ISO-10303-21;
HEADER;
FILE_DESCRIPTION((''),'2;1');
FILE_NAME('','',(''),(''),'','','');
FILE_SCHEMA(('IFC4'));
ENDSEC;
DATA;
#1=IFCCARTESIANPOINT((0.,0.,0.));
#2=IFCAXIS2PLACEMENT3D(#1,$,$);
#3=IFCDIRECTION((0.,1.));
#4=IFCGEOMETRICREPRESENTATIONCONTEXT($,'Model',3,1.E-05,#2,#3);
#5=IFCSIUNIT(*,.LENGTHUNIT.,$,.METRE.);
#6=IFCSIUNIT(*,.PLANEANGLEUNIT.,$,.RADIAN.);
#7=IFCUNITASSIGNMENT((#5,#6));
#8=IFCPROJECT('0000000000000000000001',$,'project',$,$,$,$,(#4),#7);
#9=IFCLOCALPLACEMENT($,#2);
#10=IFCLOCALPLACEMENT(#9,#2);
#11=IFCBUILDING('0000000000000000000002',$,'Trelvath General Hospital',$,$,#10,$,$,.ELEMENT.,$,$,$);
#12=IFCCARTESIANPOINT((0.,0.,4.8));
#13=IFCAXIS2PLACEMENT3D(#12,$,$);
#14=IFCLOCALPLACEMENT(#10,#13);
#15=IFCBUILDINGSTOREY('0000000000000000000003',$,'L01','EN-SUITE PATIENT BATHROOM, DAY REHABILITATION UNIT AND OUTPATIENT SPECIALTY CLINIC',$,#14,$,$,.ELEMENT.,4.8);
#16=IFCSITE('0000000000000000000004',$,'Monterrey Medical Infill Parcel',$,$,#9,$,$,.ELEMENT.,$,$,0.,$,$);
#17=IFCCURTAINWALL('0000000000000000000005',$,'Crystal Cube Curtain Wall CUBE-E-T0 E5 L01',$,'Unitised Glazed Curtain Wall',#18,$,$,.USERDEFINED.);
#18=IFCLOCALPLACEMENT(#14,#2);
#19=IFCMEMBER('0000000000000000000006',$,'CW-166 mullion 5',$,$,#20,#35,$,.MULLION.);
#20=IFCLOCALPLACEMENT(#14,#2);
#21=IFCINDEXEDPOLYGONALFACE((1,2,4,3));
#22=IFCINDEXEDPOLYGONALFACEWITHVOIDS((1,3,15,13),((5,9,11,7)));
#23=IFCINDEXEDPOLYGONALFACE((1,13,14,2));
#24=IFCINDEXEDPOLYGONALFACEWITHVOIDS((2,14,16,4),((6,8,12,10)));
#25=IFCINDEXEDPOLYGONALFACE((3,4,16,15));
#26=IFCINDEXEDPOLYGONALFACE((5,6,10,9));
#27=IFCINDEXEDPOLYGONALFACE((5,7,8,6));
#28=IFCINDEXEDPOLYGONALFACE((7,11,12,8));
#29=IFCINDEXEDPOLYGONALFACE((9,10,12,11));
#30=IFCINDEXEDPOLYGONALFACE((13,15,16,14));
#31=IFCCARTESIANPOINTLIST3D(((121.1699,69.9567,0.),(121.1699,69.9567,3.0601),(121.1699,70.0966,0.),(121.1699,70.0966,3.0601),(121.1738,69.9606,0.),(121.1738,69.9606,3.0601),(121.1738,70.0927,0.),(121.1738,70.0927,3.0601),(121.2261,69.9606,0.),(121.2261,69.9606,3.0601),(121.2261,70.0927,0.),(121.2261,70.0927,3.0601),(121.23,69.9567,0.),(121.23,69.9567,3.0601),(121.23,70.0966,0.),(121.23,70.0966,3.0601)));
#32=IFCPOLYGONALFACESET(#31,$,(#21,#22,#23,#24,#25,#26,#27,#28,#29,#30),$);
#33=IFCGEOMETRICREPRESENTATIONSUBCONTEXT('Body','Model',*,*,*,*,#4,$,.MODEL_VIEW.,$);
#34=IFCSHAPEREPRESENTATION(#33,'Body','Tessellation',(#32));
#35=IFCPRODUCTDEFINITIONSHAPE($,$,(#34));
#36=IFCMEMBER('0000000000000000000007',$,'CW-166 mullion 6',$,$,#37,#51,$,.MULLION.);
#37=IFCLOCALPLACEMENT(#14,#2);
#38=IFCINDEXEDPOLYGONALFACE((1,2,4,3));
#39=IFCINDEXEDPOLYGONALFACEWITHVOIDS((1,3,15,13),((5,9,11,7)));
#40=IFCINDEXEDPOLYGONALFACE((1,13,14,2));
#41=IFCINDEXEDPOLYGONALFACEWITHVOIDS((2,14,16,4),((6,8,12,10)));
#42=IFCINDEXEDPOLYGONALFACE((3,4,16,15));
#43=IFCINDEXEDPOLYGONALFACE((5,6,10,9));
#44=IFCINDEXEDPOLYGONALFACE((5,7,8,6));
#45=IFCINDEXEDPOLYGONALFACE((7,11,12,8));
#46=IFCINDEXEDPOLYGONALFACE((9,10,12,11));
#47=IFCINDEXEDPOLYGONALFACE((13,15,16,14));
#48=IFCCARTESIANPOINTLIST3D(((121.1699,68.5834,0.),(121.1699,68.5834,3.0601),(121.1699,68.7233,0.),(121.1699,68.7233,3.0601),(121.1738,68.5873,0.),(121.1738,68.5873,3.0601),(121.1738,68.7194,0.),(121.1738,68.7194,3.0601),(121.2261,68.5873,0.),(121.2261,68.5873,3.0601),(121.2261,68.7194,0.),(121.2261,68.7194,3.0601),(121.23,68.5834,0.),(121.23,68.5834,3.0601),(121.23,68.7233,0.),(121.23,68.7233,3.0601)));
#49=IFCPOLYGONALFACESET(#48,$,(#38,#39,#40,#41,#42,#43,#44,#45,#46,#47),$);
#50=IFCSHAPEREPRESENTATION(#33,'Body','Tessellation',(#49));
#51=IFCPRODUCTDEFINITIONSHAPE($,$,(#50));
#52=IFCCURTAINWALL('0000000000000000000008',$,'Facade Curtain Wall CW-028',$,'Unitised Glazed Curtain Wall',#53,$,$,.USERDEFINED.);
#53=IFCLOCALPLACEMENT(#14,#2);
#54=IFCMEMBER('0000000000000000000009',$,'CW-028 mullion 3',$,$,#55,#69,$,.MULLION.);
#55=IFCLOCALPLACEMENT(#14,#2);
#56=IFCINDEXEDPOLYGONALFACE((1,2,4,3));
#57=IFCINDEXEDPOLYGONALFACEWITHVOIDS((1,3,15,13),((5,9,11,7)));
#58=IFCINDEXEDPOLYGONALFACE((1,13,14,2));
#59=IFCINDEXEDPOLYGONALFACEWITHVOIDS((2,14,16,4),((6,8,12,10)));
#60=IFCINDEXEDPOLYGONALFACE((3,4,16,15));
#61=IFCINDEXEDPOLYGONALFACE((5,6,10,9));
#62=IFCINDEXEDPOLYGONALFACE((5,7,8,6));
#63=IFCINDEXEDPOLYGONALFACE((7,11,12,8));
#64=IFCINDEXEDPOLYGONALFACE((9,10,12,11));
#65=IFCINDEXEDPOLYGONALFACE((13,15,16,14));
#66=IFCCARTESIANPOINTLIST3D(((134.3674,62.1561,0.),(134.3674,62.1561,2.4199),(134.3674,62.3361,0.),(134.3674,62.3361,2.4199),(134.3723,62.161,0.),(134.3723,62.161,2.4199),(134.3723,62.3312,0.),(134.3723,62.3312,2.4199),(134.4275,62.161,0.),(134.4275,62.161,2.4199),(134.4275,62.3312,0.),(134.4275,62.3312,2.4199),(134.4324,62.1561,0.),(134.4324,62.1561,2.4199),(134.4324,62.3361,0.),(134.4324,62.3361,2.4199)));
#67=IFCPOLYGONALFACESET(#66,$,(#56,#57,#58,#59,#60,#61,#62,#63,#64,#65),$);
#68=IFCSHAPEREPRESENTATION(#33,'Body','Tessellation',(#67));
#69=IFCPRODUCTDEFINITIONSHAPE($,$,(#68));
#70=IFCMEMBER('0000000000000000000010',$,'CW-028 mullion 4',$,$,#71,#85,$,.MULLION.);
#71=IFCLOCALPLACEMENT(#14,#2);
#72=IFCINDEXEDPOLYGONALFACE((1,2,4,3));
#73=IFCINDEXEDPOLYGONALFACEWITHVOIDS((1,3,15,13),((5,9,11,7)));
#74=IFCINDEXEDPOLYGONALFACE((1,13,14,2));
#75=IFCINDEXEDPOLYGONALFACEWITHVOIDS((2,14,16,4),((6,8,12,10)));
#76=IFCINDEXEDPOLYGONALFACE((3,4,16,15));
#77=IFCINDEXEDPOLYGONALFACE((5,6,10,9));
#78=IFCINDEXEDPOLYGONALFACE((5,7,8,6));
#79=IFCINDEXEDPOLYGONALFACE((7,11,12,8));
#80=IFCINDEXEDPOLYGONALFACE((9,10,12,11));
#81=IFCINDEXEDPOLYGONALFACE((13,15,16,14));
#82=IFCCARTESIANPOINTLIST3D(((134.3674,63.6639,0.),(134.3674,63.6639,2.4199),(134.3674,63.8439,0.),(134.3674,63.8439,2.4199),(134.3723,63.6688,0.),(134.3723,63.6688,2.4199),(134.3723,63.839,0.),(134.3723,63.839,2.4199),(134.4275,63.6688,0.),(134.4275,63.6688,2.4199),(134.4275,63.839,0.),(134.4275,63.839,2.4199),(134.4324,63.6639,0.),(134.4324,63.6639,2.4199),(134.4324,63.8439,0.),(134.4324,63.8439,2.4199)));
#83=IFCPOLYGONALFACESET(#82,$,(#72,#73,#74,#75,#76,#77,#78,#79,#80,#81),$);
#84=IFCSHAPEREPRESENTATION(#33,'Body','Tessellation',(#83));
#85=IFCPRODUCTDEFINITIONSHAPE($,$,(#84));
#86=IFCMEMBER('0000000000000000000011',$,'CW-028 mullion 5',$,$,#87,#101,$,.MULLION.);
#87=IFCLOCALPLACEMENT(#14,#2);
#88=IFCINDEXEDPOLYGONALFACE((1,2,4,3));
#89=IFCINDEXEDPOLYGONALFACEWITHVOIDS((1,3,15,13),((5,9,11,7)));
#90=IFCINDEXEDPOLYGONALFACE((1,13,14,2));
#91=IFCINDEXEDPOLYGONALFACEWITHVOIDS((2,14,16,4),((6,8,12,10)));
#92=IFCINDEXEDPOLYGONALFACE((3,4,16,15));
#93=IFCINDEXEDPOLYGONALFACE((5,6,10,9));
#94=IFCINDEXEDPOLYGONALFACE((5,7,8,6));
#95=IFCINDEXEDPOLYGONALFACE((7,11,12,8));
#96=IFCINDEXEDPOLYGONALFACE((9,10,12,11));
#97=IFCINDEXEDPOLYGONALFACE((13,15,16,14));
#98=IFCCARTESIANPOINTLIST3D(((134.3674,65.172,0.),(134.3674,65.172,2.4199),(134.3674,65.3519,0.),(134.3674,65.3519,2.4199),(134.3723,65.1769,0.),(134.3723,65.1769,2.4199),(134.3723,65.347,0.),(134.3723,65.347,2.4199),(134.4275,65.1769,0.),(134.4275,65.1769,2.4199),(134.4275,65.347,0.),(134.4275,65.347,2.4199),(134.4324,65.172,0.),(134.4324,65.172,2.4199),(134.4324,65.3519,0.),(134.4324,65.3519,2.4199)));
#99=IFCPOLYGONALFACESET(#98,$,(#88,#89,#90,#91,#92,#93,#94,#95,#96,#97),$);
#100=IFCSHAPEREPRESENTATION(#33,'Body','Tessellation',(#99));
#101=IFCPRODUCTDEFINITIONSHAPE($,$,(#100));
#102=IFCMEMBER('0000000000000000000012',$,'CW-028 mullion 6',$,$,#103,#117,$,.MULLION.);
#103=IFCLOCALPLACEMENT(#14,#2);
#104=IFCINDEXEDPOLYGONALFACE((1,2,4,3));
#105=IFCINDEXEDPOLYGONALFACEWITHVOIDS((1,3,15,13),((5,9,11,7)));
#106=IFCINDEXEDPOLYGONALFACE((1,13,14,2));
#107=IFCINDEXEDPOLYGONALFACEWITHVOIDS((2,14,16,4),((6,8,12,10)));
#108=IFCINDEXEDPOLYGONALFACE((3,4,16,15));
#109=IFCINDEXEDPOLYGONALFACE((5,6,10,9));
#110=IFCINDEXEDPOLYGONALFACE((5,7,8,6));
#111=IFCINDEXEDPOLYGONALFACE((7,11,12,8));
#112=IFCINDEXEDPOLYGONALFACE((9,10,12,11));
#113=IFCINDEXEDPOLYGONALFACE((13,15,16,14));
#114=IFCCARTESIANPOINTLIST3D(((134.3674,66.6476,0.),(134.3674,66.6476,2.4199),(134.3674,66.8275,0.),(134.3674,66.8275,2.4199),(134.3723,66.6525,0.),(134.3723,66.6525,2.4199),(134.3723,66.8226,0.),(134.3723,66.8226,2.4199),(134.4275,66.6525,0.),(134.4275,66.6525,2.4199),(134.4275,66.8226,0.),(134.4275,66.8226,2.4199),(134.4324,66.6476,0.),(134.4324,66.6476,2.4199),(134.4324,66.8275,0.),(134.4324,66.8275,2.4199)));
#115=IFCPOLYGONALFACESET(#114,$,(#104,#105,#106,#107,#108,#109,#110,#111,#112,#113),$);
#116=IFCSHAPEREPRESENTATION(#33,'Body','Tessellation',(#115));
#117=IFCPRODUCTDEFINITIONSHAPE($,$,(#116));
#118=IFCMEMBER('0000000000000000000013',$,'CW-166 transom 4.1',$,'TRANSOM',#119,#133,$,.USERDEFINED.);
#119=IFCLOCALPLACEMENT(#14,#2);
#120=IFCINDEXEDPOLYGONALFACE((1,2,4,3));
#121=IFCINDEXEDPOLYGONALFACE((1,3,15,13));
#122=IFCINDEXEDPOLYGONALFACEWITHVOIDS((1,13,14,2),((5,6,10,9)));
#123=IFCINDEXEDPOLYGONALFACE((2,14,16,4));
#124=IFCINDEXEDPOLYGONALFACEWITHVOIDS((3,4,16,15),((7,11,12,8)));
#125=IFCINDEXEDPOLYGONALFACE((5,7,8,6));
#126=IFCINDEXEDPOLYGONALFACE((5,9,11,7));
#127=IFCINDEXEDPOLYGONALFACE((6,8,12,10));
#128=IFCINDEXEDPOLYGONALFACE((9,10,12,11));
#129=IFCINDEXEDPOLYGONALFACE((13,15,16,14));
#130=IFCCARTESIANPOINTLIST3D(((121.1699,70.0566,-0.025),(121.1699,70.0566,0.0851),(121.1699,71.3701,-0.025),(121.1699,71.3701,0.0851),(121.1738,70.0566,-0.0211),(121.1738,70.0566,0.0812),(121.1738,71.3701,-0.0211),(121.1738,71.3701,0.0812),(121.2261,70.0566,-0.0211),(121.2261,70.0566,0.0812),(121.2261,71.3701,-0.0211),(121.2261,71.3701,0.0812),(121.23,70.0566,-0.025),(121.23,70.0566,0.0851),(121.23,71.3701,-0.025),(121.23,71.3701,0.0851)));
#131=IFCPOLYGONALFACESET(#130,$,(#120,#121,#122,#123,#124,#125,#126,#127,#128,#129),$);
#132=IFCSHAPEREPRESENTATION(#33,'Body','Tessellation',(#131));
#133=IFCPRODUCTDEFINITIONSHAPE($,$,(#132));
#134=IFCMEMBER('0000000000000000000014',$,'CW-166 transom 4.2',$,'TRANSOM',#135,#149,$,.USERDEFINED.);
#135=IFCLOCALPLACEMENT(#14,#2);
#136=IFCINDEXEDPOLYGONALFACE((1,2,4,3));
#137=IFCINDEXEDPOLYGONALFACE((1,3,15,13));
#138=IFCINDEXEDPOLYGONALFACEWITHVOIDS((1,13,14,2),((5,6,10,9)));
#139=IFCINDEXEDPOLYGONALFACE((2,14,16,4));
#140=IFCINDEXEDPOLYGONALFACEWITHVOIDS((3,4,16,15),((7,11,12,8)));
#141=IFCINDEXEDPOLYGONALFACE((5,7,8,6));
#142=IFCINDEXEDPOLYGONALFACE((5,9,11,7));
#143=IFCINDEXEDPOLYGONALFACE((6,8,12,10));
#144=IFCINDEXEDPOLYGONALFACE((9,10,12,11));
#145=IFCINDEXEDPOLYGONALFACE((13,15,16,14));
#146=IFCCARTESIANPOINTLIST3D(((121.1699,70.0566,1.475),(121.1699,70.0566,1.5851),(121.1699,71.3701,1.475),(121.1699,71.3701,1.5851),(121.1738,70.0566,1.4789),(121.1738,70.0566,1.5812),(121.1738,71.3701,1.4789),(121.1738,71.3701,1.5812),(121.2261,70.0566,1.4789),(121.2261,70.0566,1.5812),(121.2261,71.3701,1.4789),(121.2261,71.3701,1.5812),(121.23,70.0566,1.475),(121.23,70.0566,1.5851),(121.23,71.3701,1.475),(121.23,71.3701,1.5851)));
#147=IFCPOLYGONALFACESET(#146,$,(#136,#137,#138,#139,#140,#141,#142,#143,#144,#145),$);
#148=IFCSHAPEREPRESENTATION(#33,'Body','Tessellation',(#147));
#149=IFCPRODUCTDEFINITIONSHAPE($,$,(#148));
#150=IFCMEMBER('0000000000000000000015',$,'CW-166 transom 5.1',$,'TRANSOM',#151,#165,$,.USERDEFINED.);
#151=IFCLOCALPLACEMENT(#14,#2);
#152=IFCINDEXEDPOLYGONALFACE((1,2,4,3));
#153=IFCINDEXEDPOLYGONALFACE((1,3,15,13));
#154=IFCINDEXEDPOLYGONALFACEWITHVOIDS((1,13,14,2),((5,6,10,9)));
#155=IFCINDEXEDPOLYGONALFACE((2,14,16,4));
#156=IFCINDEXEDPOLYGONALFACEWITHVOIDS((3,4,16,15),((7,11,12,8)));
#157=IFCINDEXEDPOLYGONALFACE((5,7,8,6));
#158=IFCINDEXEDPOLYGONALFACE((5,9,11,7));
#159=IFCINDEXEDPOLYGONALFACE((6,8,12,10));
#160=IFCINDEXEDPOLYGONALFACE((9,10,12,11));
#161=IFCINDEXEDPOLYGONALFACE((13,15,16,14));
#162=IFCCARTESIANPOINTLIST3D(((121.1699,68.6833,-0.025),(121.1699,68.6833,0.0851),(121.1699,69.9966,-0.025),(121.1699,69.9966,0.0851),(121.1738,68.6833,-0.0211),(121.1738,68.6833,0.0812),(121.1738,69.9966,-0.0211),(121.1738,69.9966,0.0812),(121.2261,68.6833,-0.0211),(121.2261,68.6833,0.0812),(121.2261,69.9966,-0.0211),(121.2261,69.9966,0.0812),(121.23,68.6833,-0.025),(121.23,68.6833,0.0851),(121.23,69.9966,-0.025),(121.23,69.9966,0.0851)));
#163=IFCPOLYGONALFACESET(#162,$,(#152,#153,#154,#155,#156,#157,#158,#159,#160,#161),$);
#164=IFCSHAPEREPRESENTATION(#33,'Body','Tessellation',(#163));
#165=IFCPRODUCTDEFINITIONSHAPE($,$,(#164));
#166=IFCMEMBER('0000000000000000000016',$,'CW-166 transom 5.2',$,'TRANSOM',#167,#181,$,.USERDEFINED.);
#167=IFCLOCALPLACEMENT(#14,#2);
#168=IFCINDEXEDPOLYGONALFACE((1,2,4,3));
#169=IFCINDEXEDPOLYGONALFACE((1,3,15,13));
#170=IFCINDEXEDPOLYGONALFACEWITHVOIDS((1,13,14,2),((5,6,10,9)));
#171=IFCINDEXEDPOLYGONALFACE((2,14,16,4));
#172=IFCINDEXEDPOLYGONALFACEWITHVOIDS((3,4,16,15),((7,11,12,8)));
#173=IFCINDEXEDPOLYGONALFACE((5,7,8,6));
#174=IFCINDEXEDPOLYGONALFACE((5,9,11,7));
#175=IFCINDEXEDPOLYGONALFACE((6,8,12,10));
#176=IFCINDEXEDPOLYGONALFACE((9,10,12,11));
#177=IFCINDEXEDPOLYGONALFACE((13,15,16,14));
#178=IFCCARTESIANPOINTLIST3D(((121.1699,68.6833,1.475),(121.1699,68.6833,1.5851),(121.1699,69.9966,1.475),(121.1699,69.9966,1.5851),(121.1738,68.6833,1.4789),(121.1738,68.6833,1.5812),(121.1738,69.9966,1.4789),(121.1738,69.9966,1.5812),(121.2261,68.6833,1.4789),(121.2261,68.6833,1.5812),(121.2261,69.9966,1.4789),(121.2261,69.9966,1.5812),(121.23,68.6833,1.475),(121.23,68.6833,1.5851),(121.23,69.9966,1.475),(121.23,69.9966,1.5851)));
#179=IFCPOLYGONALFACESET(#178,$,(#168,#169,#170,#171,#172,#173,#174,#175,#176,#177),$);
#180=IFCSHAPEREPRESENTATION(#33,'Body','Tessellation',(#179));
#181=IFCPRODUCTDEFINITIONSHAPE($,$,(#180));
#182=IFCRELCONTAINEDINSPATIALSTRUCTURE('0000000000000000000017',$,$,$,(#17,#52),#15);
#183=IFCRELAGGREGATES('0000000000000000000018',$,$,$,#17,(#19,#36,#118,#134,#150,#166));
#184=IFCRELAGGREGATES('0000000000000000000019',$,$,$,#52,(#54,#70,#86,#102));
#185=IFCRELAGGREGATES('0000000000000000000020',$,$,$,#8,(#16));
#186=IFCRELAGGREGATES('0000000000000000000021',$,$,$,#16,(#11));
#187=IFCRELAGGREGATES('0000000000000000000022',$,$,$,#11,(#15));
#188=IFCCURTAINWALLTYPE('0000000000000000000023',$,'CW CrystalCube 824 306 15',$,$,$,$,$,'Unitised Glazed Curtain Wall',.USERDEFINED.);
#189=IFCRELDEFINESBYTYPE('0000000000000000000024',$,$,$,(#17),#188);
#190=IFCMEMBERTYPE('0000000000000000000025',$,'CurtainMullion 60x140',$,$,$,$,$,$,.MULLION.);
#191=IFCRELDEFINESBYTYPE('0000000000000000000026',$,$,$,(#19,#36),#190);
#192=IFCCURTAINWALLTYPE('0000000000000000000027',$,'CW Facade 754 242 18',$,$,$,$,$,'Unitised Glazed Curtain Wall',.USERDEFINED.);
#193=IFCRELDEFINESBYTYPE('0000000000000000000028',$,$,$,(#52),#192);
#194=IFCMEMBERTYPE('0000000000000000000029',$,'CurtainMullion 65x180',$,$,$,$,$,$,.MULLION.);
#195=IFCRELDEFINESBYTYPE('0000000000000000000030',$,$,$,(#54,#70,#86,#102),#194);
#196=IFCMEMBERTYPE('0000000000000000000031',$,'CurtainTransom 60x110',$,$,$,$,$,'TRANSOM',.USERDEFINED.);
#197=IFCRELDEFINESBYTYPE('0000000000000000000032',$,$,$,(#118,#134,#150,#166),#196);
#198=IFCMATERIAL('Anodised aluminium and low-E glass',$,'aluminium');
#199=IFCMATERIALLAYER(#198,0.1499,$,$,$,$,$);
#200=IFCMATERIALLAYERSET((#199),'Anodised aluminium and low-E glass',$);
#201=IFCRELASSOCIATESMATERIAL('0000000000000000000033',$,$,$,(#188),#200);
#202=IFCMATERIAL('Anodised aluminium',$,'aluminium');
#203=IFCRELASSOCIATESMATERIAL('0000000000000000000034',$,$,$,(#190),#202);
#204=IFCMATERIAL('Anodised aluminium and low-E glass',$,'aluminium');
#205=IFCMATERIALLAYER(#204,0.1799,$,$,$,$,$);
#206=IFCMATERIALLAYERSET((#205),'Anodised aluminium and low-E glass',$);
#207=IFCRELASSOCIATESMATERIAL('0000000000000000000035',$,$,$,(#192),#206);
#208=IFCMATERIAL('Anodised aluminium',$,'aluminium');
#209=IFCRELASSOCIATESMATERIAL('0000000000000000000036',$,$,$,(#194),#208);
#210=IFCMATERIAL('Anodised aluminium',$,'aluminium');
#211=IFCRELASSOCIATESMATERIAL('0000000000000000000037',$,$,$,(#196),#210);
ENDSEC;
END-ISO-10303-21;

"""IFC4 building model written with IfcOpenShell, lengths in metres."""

from ifc_helpers import new_model, si_unit, direction, frame, origin, origin_2d, place, context, subcontext, project, spatial, hollow_rectangle, extrude, material, layer, layer_set, material_profile, profile_set, type_object, element, aggregate, save


model = new_model("IFC4")

# Units and contexts
model_context = context("Model", 3, precision=1e-05, world=origin(), true_north=direction((0.0, 1.0)))
body_context = subcontext(model_context, "Body", "Model", "MODEL_VIEW")
ifc_project = project(units=[si_unit("LENGTHUNIT", "METRE"), si_unit("PLANEANGLEUNIT", "RADIAN")], contexts=[model_context])

# Site, building, storey
site_placement = place(None, origin())
site = spatial("IfcSite", under=ifc_project, at=site_placement, Name="Monterrey Medical Infill Parcel", CompositionType="ELEMENT", RefElevation=0.0)
building_placement = place(site_placement, origin())
building = spatial("IfcBuilding", under=site, at=building_placement, Name="Trelvath General Hospital", CompositionType="ELEMENT")
storey_placement = place(building_placement, frame((0.0, 0.0, 4.8)))
storey = spatial("IfcBuildingStorey", under=building, at=storey_placement, Name="L01", Description="EN-SUITE PATIENT BATHROOM, DAY REHABILITATION UNIT AND OUTPATIENT SPECIALTY CLINIC", CompositionType="ELEMENT", Elevation=4.8)

# Curtain walls, members
ifc_material_1 = material(Name="Anodised aluminium and low-E glass", Category="aluminium")
ifc_layer_1 = layer(ifc_material_1, 0.1499)
ifc_layer_set_1 = layer_set([ifc_layer_1], Name="Anodised aluminium and low-E glass")
curtain_wall_type_1 = type_object("IfcCurtainWallType", Name="CW CrystalCube 824 306 15", ElementType="Unitised Glazed Curtain Wall", PredefinedType="USERDEFINED", material=ifc_layer_set_1)
curtain_wall_1_placement = place(storey_placement, origin())
curtain_wall_1 = element("IfcCurtainWall", 1, at=curtain_wall_1_placement, inside=storey, type_object=curtain_wall_type_1, Name="Crystal Cube Curtain Wall CUBE-E-T0 E5 L01", ObjectType="Unitised Glazed Curtain Wall", PredefinedType="USERDEFINED")
ifc_material_2 = material(Name="Anodised aluminium", Category="aluminium")
ifc_material_profile_1 = material_profile(ifc_material_2, hollow_rectangle(XDim=0.0601, YDim=0.1399, WallThickness=0.0039, at=origin_2d()), Name="RHS60x140x4")
ifc_profile_set_1 = profile_set([ifc_material_profile_1], Name="Anodised aluminium")
member_type_1 = type_object("IfcMemberType", Name="CurtainMullion 60x140", PredefinedType="MULLION", material=ifc_profile_set_1)
member_1_placement = place(storey_placement, frame((121.2, 70.0266, 0.0), z_axis=(0.0, 0.0, 1.0), x_axis=(1.0, 0.0, 0.0)))
member_1 = element("IfcMember", 2, at=member_1_placement, type_object=member_type_1, Name="CW-166 mullion 5", PredefinedType="MULLION", context=body_context, shape_type="SweptSolid", body=[
    extrude(hollow_rectangle(XDim=0.0601, YDim=0.1399, WallThickness=0.0039, at=origin_2d()), origin(), (0.0, 0.0, 1.0), 3.0601),
])
member_2_placement = place(storey_placement, frame((121.2, 68.6533, 0.0), z_axis=(0.0, 0.0, 1.0), x_axis=(1.0, 0.0, 0.0)))
member_2 = element("IfcMember", 3, at=member_2_placement, type_object=member_type_1, Name="CW-166 mullion 6", PredefinedType="MULLION", context=body_context, shape_type="SweptSolid", body=[
    extrude(hollow_rectangle(XDim=0.0601, YDim=0.1399, WallThickness=0.0039, at=origin_2d()), origin(), (0.0, 0.0, 1.0), 3.0601),
])
ifc_material_3 = material(Name="Anodised aluminium and low-E glass", Category="aluminium")
ifc_layer_2 = layer(ifc_material_3, 0.1799)
ifc_layer_set_2 = layer_set([ifc_layer_2], Name="Anodised aluminium and low-E glass")
curtain_wall_type_2 = type_object("IfcCurtainWallType", Name="CW Facade 754 242 18", ElementType="Unitised Glazed Curtain Wall", PredefinedType="USERDEFINED", material=ifc_layer_set_2)
curtain_wall_2_placement = place(storey_placement, origin())
curtain_wall_2 = element("IfcCurtainWall", 4, at=curtain_wall_2_placement, inside=storey, type_object=curtain_wall_type_2, Name="Facade Curtain Wall CW-028", ObjectType="Unitised Glazed Curtain Wall", PredefinedType="USERDEFINED")
ifc_material_4 = material(Name="Anodised aluminium", Category="aluminium")
ifc_material_profile_2 = material_profile(ifc_material_4, hollow_rectangle(XDim=0.0649, YDim=0.1799, WallThickness=0.0049, at=origin_2d()), Name="RHS65x180x5")
ifc_profile_set_2 = profile_set([ifc_material_profile_2], Name="Anodised aluminium")
member_type_2 = type_object("IfcMemberType", Name="CurtainMullion 65x180", PredefinedType="MULLION", material=ifc_profile_set_2)
member_3_placement = place(storey_placement, frame((134.3999, 62.2461, 0.0), z_axis=(0.0, 0.0, 1.0), x_axis=(-1.0, 0.0, 0.0)))
member_3 = element("IfcMember", 5, at=member_3_placement, type_object=member_type_2, Name="CW-028 mullion 3", PredefinedType="MULLION", context=body_context, shape_type="SweptSolid", body=[
    extrude(hollow_rectangle(XDim=0.0649, YDim=0.1799, WallThickness=0.0049, at=origin_2d()), origin(), (0.0, 0.0, 1.0), 2.4199),
])
member_4_placement = place(storey_placement, frame((134.3999, 63.7539, 0.0), z_axis=(0.0, 0.0, 1.0), x_axis=(-1.0, 0.0, 0.0)))
member_4 = element("IfcMember", 6, at=member_4_placement, type_object=member_type_2, Name="CW-028 mullion 4", PredefinedType="MULLION", context=body_context, shape_type="SweptSolid", body=[
    extrude(hollow_rectangle(XDim=0.0649, YDim=0.1799, WallThickness=0.0049, at=origin_2d()), origin(), (0.0, 0.0, 1.0), 2.4199),
])
member_5_placement = place(storey_placement, frame((134.3999, 65.262, 0.0), z_axis=(0.0, 0.0, 1.0), x_axis=(-1.0, 0.0, 0.0)))
member_5 = element("IfcMember", 7, at=member_5_placement, type_object=member_type_2, Name="CW-028 mullion 5", PredefinedType="MULLION", context=body_context, shape_type="SweptSolid", body=[
    extrude(hollow_rectangle(XDim=0.0649, YDim=0.1799, WallThickness=0.0049, at=origin_2d()), origin(), (0.0, 0.0, 1.0), 2.4199),
])
member_6_placement = place(storey_placement, frame((134.3999, 66.7375, 0.0), z_axis=(0.0, 0.0, 1.0), x_axis=(-1.0, 0.0, 0.0)))
member_6 = element("IfcMember", 8, at=member_6_placement, type_object=member_type_2, Name="CW-028 mullion 6", PredefinedType="MULLION", context=body_context, shape_type="SweptSolid", body=[
    extrude(hollow_rectangle(XDim=0.0649, YDim=0.1799, WallThickness=0.0049, at=origin_2d()), origin(), (0.0, 0.0, 1.0), 2.4199),
])

# Members
ifc_material_5 = material(Name="Anodised aluminium", Category="aluminium")
ifc_material_profile_3 = material_profile(ifc_material_5, hollow_rectangle(XDim=0.0601, YDim=0.1101, WallThickness=0.0039, at=origin_2d()), Name="RHS60x110x4")
ifc_profile_set_3 = profile_set([ifc_material_profile_3], Name="Anodised aluminium")
member_type_3 = type_object("IfcMemberType", Name="CurtainTransom 60x110", ElementType="TRANSOM", PredefinedType="USERDEFINED", material=ifc_profile_set_3)
member_7_placement = place(storey_placement, frame((121.2, 71.3701, 0.03), z_axis=(0.0, -1.0, 0.0), x_axis=(1.0, 0.0, 0.0)))
member_7 = element("IfcMember", 9, at=member_7_placement, type_object=member_type_3, Name="CW-166 transom 4.1", ObjectType="TRANSOM", PredefinedType="USERDEFINED", context=body_context, shape_type="SweptSolid", body=[
    extrude(hollow_rectangle(XDim=0.0601, YDim=0.1101, WallThickness=0.0039, at=origin_2d()), origin(), (0.0, 0.0, 1.0), 1.3135),
])
member_8_placement = place(storey_placement, frame((121.2, 71.3701, 1.53), z_axis=(0.0, -1.0, 0.0), x_axis=(1.0, 0.0, 0.0)))
member_8 = element("IfcMember", 10, at=member_8_placement, type_object=member_type_3, Name="CW-166 transom 4.2", ObjectType="TRANSOM", PredefinedType="USERDEFINED", context=body_context, shape_type="SweptSolid", body=[
    extrude(hollow_rectangle(XDim=0.0601, YDim=0.1101, WallThickness=0.0039, at=origin_2d()), origin(), (0.0, 0.0, 1.0), 1.3135),
])
member_9_placement = place(storey_placement, frame((121.2, 69.9966, 0.03), z_axis=(0.0, -1.0, 0.0), x_axis=(1.0, 0.0, 0.0)))
member_9 = element("IfcMember", 11, at=member_9_placement, type_object=member_type_3, Name="CW-166 transom 5.1", ObjectType="TRANSOM", PredefinedType="USERDEFINED", context=body_context, shape_type="SweptSolid", body=[
    extrude(hollow_rectangle(XDim=0.0601, YDim=0.1101, WallThickness=0.0039, at=origin_2d()), origin(), (0.0, 0.0, 1.0), 1.3132),
])
member_10_placement = place(storey_placement, frame((121.2, 69.9966, 1.53), z_axis=(0.0, -1.0, 0.0), x_axis=(1.0, 0.0, 0.0)))
member_10 = element("IfcMember", 12, at=member_10_placement, type_object=member_type_3, Name="CW-166 transom 5.2", ObjectType="TRANSOM", PredefinedType="USERDEFINED", context=body_context, shape_type="SweptSolid", body=[
    extrude(hollow_rectangle(XDim=0.0601, YDim=0.1101, WallThickness=0.0039, at=origin_2d()), origin(), (0.0, 0.0, 1.0), 1.3132),
])

aggregate(curtain_wall_1, [member_1, member_2, member_7, member_8, member_9, member_10])
aggregate(curtain_wall_2, [member_3, member_4, member_5, member_6])

save(model, "model.ifc")
